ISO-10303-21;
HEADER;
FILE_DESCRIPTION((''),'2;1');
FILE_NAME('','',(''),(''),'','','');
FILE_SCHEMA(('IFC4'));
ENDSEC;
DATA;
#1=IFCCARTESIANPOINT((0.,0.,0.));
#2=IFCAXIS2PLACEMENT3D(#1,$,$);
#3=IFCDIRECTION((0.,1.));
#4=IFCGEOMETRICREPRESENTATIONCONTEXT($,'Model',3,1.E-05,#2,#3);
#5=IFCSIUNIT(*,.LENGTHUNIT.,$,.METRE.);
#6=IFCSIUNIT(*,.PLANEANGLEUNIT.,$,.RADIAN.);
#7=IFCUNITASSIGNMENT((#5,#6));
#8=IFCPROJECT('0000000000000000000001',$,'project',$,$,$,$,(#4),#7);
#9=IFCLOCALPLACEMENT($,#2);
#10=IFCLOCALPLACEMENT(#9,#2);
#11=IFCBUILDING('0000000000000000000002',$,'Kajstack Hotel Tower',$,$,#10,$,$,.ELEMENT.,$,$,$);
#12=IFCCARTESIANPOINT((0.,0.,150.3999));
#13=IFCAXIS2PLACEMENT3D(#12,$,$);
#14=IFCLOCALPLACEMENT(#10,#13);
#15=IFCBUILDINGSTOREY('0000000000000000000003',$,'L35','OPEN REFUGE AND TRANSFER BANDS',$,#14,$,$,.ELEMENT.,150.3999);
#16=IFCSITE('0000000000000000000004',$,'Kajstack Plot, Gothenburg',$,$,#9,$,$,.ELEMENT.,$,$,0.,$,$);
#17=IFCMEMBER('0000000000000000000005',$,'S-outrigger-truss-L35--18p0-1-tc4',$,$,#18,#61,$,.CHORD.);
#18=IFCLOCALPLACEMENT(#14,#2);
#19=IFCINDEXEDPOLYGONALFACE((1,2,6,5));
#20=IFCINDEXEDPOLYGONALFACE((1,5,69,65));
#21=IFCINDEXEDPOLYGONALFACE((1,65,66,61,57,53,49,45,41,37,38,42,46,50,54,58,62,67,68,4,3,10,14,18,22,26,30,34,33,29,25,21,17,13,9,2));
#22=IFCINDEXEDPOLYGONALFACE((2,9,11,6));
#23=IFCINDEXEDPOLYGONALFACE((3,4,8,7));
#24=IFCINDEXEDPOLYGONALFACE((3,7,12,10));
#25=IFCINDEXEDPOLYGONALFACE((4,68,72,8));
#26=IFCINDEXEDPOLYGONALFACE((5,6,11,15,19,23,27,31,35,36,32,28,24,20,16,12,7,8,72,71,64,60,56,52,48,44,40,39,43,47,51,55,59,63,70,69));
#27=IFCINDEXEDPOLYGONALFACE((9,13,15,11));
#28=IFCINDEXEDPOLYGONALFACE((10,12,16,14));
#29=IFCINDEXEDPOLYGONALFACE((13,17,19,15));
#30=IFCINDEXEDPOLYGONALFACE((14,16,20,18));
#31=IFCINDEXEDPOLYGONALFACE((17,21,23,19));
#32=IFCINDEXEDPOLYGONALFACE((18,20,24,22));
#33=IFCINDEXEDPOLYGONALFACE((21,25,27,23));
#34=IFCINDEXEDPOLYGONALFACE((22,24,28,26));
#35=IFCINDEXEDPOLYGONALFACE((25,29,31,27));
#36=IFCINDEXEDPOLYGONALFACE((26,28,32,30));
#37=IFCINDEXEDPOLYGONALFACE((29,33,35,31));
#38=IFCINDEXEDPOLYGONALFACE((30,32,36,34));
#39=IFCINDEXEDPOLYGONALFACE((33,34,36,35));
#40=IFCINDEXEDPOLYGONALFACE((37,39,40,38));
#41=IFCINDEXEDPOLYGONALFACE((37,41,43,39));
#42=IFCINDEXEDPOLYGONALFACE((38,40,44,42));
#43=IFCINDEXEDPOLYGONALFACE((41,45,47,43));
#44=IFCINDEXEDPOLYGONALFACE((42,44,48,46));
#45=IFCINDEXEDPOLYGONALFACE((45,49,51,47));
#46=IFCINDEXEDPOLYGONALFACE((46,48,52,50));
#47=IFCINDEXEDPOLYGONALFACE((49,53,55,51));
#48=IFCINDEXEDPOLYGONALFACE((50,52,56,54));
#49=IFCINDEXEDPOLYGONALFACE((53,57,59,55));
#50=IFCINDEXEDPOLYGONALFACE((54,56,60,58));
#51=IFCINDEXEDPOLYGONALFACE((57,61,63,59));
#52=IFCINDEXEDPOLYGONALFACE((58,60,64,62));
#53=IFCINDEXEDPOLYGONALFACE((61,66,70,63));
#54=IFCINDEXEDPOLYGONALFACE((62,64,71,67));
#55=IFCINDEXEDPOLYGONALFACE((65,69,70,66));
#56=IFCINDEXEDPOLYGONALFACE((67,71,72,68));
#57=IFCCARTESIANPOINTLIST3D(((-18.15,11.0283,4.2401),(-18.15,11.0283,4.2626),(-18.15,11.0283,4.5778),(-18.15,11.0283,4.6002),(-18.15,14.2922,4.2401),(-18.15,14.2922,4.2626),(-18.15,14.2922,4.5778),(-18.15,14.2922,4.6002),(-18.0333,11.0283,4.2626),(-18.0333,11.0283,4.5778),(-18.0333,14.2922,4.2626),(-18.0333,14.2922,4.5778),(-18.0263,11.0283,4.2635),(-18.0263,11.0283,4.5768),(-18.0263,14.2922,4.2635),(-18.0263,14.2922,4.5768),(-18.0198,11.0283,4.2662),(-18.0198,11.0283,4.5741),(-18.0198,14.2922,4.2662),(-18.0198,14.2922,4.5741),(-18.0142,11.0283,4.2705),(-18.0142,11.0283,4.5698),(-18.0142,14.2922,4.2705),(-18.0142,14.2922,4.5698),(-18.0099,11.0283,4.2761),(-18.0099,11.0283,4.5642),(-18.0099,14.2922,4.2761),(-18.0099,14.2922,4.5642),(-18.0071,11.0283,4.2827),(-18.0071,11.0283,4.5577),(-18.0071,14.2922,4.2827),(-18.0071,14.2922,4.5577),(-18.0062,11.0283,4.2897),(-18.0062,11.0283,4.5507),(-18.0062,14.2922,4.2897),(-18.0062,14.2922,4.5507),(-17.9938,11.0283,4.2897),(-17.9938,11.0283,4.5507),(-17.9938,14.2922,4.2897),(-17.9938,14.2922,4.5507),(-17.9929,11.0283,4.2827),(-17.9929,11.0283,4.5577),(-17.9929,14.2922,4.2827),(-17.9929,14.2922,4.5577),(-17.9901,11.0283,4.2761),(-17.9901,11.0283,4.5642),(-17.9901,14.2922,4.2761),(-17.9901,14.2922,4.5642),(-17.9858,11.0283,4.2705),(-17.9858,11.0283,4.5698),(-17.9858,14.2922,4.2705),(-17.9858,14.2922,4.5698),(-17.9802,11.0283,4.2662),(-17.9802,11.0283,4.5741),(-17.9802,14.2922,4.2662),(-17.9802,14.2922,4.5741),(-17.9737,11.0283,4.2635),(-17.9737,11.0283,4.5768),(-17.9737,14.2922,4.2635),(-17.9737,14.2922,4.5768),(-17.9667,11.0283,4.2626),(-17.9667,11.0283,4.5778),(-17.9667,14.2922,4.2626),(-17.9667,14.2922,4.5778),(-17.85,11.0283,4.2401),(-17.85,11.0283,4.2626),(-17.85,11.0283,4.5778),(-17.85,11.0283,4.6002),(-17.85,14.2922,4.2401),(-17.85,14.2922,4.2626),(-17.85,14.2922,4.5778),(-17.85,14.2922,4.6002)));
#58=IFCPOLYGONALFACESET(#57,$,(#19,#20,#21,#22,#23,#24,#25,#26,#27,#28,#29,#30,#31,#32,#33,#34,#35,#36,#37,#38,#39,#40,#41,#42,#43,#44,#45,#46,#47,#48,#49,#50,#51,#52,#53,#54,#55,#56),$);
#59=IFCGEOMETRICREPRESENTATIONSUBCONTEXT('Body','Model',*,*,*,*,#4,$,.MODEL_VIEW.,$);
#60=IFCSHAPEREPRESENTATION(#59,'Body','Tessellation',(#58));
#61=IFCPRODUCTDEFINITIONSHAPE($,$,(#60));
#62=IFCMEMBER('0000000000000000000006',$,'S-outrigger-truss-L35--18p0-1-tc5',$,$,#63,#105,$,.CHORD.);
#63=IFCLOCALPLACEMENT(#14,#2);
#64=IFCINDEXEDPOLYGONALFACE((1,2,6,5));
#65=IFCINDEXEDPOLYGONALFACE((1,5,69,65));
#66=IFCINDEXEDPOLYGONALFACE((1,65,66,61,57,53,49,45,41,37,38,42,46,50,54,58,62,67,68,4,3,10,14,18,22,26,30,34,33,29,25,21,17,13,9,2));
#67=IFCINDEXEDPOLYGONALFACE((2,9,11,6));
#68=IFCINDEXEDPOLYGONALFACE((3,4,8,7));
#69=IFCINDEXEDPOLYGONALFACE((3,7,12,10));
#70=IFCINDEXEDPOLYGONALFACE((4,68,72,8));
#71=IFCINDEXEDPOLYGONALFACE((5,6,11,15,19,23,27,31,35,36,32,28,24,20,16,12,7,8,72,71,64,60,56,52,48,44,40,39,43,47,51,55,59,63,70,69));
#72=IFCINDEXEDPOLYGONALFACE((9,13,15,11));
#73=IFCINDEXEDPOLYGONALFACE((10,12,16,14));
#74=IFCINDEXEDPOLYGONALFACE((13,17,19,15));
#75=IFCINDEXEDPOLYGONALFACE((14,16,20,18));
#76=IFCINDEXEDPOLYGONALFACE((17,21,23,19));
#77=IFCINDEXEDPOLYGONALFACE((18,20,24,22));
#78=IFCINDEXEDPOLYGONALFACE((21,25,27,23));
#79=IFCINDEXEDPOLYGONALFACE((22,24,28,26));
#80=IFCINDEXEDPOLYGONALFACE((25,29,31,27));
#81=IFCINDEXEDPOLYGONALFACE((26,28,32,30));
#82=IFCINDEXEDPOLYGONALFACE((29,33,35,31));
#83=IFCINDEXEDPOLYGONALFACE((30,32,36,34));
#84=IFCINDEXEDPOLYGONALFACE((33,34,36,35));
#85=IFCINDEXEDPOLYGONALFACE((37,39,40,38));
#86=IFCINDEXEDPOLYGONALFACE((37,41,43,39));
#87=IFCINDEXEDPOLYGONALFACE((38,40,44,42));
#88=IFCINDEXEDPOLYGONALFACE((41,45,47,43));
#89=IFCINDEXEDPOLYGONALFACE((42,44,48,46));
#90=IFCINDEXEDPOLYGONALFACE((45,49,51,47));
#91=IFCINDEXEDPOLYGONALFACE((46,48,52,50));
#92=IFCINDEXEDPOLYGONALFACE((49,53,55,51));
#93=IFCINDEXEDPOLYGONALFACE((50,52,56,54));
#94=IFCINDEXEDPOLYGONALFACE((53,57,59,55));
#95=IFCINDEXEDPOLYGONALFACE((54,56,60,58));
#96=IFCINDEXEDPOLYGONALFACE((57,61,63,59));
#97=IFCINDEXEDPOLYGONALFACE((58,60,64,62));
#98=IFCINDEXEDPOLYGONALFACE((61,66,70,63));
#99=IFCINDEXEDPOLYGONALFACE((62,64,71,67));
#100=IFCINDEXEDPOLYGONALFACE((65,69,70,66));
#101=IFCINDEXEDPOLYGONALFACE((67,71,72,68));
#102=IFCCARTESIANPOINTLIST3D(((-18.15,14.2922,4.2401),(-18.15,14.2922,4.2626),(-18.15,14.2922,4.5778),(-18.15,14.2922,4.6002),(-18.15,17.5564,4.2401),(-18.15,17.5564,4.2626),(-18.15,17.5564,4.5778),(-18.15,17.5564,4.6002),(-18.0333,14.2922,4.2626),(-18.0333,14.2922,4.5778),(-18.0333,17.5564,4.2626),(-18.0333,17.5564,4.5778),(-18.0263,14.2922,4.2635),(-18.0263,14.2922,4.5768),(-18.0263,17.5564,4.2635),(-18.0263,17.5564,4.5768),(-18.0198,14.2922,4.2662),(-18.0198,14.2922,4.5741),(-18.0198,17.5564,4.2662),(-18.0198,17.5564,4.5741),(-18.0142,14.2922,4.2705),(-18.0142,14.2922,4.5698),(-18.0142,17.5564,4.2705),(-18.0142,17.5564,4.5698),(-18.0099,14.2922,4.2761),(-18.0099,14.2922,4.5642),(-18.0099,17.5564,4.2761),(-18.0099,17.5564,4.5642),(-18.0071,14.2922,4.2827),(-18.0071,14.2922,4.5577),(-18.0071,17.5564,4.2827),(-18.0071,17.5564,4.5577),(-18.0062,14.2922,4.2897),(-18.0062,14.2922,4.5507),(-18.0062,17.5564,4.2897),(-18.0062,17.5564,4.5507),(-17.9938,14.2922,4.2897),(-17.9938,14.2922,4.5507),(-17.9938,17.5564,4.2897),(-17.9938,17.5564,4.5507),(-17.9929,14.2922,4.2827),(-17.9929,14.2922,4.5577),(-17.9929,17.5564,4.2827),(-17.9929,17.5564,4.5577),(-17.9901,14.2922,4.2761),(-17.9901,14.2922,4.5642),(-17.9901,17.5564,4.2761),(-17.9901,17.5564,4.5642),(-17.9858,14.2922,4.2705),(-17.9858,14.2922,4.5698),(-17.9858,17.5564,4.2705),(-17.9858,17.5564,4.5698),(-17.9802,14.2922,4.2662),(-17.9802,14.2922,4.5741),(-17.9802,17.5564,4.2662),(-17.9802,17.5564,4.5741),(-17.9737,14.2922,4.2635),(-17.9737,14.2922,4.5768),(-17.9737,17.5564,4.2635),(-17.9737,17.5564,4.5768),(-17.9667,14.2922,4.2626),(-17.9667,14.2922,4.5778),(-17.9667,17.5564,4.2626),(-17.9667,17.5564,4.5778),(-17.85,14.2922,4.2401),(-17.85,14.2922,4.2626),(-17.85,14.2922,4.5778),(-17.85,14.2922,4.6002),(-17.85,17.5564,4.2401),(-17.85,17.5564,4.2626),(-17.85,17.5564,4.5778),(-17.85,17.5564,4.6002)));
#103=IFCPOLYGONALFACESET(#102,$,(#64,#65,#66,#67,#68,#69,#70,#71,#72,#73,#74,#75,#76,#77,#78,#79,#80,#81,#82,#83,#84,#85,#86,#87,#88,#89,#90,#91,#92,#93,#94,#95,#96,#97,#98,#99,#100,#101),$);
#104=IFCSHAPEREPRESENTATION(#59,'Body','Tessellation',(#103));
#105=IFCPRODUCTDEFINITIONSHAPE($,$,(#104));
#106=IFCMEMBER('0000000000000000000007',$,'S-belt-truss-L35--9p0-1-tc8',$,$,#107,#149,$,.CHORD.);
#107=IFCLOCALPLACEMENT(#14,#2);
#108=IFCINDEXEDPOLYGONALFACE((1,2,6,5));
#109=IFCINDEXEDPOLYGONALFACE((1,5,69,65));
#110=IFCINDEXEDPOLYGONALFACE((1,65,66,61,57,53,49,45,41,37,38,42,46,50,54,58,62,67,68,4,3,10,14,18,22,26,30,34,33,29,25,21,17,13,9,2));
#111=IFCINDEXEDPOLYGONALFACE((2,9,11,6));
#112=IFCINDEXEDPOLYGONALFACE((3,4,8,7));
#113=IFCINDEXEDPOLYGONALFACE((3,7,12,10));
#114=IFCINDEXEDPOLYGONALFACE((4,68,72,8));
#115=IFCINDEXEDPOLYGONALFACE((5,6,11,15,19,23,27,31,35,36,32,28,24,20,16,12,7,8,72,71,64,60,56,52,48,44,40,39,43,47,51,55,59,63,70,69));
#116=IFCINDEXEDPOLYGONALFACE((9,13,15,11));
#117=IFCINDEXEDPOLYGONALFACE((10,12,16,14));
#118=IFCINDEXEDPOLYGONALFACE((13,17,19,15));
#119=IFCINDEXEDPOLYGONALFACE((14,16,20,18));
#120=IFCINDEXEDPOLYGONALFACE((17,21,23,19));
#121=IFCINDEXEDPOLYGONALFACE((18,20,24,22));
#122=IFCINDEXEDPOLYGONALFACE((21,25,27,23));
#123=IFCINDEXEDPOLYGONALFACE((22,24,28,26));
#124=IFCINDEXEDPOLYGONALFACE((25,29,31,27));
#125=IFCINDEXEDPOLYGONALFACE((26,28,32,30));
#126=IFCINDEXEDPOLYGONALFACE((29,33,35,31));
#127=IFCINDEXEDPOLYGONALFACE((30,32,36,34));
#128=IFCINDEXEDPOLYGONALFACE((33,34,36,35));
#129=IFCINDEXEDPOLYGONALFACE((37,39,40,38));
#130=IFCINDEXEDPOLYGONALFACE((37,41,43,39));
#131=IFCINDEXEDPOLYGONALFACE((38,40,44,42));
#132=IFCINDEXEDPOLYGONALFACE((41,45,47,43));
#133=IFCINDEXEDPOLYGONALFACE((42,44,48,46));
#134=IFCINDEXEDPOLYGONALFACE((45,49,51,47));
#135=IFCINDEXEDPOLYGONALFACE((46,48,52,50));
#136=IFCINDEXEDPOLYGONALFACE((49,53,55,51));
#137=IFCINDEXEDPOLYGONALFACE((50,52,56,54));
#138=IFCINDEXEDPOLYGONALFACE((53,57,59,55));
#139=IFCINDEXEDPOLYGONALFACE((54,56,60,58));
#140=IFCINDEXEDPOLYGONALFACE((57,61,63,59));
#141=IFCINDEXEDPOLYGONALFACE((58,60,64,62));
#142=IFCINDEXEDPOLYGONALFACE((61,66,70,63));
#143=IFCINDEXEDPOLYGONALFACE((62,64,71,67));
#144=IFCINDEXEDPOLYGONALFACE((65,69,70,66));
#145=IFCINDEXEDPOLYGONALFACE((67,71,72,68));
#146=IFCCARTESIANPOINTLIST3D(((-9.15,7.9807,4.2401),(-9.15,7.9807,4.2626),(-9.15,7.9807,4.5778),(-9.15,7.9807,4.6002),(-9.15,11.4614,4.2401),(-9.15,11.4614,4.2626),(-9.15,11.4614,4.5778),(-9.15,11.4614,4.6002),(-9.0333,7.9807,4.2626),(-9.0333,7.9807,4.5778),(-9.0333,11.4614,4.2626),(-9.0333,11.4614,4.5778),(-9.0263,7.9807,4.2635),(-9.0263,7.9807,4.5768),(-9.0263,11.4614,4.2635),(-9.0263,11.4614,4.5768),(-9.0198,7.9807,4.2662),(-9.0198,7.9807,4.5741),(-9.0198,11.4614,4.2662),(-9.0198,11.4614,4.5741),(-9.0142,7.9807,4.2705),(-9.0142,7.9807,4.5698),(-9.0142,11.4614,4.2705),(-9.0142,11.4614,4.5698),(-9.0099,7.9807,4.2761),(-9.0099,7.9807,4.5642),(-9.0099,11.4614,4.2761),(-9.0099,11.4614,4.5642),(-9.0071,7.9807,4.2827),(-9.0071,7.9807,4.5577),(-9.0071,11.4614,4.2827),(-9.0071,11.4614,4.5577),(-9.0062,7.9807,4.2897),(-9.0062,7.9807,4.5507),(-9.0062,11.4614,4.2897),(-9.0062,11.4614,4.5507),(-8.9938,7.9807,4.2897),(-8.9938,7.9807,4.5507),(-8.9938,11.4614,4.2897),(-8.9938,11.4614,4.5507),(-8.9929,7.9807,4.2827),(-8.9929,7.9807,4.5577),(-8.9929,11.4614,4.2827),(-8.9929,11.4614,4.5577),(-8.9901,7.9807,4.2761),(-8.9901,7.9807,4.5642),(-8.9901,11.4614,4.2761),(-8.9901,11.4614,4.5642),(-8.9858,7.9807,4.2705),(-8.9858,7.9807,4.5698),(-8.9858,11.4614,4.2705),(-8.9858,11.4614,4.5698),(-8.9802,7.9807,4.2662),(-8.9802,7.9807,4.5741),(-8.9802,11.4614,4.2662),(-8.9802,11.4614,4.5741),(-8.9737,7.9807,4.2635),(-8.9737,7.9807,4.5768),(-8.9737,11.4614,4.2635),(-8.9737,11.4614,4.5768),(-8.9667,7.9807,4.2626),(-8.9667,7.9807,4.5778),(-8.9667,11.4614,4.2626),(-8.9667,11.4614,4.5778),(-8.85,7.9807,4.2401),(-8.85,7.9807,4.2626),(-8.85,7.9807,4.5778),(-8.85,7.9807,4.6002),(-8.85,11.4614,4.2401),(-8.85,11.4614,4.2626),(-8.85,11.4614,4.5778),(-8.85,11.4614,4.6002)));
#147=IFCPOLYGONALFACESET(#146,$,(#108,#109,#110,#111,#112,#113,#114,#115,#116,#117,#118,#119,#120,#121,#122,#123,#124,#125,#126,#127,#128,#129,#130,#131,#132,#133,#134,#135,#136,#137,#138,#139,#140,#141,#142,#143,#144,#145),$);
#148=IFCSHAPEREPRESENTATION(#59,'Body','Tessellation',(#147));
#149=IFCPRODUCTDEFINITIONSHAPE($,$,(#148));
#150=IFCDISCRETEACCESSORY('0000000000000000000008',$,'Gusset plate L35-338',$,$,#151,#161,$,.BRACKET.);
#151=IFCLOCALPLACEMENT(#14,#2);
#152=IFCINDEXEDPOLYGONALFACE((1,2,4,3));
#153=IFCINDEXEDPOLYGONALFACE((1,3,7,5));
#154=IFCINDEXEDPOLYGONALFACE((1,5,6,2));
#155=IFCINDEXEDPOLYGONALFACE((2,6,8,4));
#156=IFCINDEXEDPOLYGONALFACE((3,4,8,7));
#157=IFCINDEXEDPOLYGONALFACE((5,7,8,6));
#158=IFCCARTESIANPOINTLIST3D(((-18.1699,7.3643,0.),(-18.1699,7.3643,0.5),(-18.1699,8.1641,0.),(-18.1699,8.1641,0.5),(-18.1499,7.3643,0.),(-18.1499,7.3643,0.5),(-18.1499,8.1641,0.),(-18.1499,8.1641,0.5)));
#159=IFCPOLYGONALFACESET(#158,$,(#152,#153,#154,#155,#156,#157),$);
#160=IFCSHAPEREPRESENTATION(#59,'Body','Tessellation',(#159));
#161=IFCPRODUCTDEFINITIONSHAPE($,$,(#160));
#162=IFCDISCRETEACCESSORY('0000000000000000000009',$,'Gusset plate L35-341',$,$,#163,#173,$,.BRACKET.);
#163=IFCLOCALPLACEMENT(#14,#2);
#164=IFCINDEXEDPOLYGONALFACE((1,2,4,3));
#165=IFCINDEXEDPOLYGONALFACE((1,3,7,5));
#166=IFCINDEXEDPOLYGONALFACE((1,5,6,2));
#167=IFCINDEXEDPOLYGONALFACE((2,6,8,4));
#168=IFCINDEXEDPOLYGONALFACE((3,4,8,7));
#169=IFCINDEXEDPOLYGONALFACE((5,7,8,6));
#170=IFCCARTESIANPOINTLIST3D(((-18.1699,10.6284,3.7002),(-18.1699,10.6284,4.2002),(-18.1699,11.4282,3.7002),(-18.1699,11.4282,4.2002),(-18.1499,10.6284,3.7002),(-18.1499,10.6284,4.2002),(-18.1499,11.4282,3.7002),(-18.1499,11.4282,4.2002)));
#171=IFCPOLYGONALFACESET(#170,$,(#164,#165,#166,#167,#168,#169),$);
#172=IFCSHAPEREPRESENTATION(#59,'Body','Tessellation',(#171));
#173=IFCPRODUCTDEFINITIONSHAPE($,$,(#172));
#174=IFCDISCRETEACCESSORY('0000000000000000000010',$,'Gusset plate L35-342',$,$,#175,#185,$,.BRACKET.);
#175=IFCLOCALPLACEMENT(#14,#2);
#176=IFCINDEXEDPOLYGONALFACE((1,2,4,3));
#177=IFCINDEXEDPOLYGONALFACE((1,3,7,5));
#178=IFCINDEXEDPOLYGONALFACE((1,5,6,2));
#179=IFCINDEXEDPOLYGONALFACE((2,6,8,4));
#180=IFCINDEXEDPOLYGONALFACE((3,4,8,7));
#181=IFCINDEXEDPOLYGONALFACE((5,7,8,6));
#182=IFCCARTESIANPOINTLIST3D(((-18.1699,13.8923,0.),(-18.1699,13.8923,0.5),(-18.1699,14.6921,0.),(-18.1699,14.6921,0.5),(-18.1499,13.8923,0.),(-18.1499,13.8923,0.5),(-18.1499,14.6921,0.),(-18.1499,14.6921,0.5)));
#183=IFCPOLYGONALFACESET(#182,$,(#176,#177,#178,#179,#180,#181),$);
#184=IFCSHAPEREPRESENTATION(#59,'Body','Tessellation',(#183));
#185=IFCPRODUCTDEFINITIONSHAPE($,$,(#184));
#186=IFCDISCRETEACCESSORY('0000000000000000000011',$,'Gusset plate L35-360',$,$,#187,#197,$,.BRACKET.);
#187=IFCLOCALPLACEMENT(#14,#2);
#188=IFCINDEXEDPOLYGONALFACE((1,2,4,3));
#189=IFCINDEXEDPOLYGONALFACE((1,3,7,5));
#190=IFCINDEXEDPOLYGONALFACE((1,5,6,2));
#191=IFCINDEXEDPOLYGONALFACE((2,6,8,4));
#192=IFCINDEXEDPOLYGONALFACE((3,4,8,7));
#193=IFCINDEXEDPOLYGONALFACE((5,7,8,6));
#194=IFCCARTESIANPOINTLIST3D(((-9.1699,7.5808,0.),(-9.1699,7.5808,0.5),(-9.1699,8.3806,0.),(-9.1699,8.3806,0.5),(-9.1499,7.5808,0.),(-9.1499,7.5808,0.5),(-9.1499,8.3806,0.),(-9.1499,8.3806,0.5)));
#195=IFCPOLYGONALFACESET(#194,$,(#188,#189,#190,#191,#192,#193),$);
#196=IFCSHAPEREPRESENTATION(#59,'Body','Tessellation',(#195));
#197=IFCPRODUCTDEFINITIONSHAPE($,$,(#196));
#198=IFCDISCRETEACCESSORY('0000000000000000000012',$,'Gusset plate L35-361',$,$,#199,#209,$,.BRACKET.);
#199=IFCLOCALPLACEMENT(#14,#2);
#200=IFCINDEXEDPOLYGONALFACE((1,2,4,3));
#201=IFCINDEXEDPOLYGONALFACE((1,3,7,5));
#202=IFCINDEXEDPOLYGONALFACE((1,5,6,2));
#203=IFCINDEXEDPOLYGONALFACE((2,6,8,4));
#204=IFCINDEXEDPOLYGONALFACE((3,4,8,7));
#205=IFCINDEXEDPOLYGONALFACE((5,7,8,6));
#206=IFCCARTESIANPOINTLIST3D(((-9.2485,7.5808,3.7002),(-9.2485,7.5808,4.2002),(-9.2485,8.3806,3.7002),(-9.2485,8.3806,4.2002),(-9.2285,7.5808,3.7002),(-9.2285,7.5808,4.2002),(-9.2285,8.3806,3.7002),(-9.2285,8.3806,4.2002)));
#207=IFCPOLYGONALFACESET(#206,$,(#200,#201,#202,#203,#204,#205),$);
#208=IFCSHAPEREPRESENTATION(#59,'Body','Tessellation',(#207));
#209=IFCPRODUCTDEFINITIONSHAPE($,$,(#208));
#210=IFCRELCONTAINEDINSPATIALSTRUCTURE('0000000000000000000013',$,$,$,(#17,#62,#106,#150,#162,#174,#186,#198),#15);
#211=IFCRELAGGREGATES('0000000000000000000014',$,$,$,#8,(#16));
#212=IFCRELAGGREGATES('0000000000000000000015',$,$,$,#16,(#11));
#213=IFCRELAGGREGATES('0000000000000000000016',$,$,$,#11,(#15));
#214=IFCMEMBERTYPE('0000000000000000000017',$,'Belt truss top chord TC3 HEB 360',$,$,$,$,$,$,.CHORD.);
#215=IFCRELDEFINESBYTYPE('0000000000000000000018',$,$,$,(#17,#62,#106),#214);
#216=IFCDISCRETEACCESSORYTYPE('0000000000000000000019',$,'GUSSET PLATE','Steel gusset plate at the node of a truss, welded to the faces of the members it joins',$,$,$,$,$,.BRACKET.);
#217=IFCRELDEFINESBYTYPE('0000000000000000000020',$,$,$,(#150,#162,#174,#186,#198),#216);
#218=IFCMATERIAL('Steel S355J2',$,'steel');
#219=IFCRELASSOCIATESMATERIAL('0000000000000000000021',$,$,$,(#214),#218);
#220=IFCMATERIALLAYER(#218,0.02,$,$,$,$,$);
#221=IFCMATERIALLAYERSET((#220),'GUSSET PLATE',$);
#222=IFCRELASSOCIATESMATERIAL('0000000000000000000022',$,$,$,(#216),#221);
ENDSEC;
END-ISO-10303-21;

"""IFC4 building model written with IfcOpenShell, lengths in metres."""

from ifc_helpers import new_model, si_unit, direction, frame, origin, origin_2d, place, context, subcontext, project, spatial, polyline, i_section, outline, extrude, material, layer, layer_set, material_profile, profile_set, type_object, element, save


model = new_model("IFC4")

# Units and contexts
model_context = context("Model", 3, precision=1e-05, world=origin(), true_north=direction((0.0, 1.0)))
body_context = subcontext(model_context, "Body", "Model", "MODEL_VIEW")
ifc_project = project(units=[si_unit("LENGTHUNIT", "METRE"), si_unit("PLANEANGLEUNIT", "RADIAN")], contexts=[model_context])

# Site, building, storey
site_placement = place(None, origin())
site = spatial("IfcSite", under=ifc_project, at=site_placement, Name="Kajstack Plot, Gothenburg", CompositionType="ELEMENT", RefElevation=0.0)
building_placement = place(site_placement, origin())
building = spatial("IfcBuilding", under=site, at=building_placement, Name="Kajstack Hotel Tower", CompositionType="ELEMENT")
storey_placement = place(building_placement, frame((0.0, 0.0, 150.3999)))
storey = spatial("IfcBuildingStorey", under=building, at=storey_placement, Name="L35", Description="OPEN REFUGE AND TRANSFER BANDS", CompositionType="ELEMENT", Elevation=150.3999)

# Members
ifc_material = material(Name="Steel S355J2", Category="steel")
ifc_material_profile_1 = material_profile(ifc_material, i_section(OverallWidth=0.3, OverallDepth=0.3601, WebThickness=0.0125, FlangeThickness=0.0225, FilletRadius=0.0271, at=origin_2d()), Name="HEB 360")
ifc_profile_set_1 = profile_set([ifc_material_profile_1], Name="Steel S355J2")
member_type_1 = type_object("IfcMemberType", Name="Belt truss top chord TC3 HEB 360", PredefinedType="CHORD", material=ifc_profile_set_1)
member_1_placement = place(storey_placement, frame((-18.0, 11.0283, 4.4202), z_axis=(0.0, 1.0, 0.0), x_axis=(-1.0, 0.0, 0.0)))
element("IfcMember", 1, at=member_1_placement, inside=storey, type_object=member_type_1, Name="S-outrigger-truss-L35--18p0-1-tc4", PredefinedType="CHORD", context=body_context, shape_type="SweptSolid", body=[
    extrude(i_section(OverallWidth=0.3, OverallDepth=0.3601, WebThickness=0.0125, FlangeThickness=0.0225, FilletRadius=0.0271, at=origin_2d()), origin(), (0.0, 0.0, 1.0), 3.2639),
])
member_2_placement = place(storey_placement, frame((-18.0, 14.2922, 4.4202), z_axis=(0.0, 1.0, 0.0), x_axis=(-1.0, 0.0, 0.0)))
element("IfcMember", 2, at=member_2_placement, inside=storey, type_object=member_type_1, Name="S-outrigger-truss-L35--18p0-1-tc5", PredefinedType="CHORD", context=body_context, shape_type="SweptSolid", body=[
    extrude(i_section(OverallWidth=0.3, OverallDepth=0.3601, WebThickness=0.0125, FlangeThickness=0.0225, FilletRadius=0.0271, at=origin_2d()), origin(), (0.0, 0.0, 1.0), 3.2642),
])
member_3_placement = place(storey_placement, frame((-9.0, 7.9807, 4.4202), z_axis=(0.0, 1.0, 0.0), x_axis=(-1.0, 0.0, 0.0)))
element("IfcMember", 3, at=member_3_placement, inside=storey, type_object=member_type_1, Name="S-belt-truss-L35--9p0-1-tc8", PredefinedType="CHORD", context=body_context, shape_type="SweptSolid", body=[
    extrude(i_section(OverallWidth=0.3, OverallDepth=0.3601, WebThickness=0.0125, FlangeThickness=0.0225, FilletRadius=0.0271, at=origin_2d()), origin(), (0.0, 0.0, 1.0), 3.4807),
])

# Discrete accessories
ifc_layer = layer(ifc_material, 0.02)
ifc_layer_set = layer_set([ifc_layer], Name="GUSSET PLATE")
discrete_accessory_type = type_object("IfcDiscreteAccessoryType", Name="GUSSET PLATE", Description="Steel gusset plate at the node of a truss, welded to the faces of the members it joins", PredefinedType="BRACKET", material=ifc_layer_set)
for number, where, z_axis, x_axis, name in (
    (4, (-18.1699, 7.7642, 0.0), (1.0, 0.0, 0.0), (0.0, 1.0, 0.0), "Gusset plate L35-338"),
    (5, (-18.1699, 11.0283, 3.7002), (1.0, 0.0, 0.0), (0.0, 1.0, 0.0), "Gusset plate L35-341"),
    (6, (-18.1699, 14.2922, 0.0), (1.0, 0.0, 0.0), (0.0, 1.0, 0.0), "Gusset plate L35-342"),
    (7, (-9.1699, 7.9807, 0.0), (1.0, 0.0, 0.0), (0.0, 1.0, 0.0), "Gusset plate L35-360"),
    (8, (-9.2485, 7.9807, 3.7002), (1.0, 0.0, 0.0), (0.0, 1.0, 0.0), "Gusset plate L35-361"),
):
    element("IfcDiscreteAccessory", number, at=place(storey_placement, frame(where, z_axis=z_axis, x_axis=x_axis)), inside=storey, type_object=discrete_accessory_type, Name=name, PredefinedType="BRACKET", context=body_context, shape_type="SweptSolid", body=[
        extrude(outline(polyline([(-0.3999, 0.0), (0.3999, 0.0), (0.3999, 0.5), (-0.3999, 0.5), (-0.3999, 0.0)])), origin(), (0.0, 0.0, 1.0), 0.02),
    ])

save(model, "model.ifc")
